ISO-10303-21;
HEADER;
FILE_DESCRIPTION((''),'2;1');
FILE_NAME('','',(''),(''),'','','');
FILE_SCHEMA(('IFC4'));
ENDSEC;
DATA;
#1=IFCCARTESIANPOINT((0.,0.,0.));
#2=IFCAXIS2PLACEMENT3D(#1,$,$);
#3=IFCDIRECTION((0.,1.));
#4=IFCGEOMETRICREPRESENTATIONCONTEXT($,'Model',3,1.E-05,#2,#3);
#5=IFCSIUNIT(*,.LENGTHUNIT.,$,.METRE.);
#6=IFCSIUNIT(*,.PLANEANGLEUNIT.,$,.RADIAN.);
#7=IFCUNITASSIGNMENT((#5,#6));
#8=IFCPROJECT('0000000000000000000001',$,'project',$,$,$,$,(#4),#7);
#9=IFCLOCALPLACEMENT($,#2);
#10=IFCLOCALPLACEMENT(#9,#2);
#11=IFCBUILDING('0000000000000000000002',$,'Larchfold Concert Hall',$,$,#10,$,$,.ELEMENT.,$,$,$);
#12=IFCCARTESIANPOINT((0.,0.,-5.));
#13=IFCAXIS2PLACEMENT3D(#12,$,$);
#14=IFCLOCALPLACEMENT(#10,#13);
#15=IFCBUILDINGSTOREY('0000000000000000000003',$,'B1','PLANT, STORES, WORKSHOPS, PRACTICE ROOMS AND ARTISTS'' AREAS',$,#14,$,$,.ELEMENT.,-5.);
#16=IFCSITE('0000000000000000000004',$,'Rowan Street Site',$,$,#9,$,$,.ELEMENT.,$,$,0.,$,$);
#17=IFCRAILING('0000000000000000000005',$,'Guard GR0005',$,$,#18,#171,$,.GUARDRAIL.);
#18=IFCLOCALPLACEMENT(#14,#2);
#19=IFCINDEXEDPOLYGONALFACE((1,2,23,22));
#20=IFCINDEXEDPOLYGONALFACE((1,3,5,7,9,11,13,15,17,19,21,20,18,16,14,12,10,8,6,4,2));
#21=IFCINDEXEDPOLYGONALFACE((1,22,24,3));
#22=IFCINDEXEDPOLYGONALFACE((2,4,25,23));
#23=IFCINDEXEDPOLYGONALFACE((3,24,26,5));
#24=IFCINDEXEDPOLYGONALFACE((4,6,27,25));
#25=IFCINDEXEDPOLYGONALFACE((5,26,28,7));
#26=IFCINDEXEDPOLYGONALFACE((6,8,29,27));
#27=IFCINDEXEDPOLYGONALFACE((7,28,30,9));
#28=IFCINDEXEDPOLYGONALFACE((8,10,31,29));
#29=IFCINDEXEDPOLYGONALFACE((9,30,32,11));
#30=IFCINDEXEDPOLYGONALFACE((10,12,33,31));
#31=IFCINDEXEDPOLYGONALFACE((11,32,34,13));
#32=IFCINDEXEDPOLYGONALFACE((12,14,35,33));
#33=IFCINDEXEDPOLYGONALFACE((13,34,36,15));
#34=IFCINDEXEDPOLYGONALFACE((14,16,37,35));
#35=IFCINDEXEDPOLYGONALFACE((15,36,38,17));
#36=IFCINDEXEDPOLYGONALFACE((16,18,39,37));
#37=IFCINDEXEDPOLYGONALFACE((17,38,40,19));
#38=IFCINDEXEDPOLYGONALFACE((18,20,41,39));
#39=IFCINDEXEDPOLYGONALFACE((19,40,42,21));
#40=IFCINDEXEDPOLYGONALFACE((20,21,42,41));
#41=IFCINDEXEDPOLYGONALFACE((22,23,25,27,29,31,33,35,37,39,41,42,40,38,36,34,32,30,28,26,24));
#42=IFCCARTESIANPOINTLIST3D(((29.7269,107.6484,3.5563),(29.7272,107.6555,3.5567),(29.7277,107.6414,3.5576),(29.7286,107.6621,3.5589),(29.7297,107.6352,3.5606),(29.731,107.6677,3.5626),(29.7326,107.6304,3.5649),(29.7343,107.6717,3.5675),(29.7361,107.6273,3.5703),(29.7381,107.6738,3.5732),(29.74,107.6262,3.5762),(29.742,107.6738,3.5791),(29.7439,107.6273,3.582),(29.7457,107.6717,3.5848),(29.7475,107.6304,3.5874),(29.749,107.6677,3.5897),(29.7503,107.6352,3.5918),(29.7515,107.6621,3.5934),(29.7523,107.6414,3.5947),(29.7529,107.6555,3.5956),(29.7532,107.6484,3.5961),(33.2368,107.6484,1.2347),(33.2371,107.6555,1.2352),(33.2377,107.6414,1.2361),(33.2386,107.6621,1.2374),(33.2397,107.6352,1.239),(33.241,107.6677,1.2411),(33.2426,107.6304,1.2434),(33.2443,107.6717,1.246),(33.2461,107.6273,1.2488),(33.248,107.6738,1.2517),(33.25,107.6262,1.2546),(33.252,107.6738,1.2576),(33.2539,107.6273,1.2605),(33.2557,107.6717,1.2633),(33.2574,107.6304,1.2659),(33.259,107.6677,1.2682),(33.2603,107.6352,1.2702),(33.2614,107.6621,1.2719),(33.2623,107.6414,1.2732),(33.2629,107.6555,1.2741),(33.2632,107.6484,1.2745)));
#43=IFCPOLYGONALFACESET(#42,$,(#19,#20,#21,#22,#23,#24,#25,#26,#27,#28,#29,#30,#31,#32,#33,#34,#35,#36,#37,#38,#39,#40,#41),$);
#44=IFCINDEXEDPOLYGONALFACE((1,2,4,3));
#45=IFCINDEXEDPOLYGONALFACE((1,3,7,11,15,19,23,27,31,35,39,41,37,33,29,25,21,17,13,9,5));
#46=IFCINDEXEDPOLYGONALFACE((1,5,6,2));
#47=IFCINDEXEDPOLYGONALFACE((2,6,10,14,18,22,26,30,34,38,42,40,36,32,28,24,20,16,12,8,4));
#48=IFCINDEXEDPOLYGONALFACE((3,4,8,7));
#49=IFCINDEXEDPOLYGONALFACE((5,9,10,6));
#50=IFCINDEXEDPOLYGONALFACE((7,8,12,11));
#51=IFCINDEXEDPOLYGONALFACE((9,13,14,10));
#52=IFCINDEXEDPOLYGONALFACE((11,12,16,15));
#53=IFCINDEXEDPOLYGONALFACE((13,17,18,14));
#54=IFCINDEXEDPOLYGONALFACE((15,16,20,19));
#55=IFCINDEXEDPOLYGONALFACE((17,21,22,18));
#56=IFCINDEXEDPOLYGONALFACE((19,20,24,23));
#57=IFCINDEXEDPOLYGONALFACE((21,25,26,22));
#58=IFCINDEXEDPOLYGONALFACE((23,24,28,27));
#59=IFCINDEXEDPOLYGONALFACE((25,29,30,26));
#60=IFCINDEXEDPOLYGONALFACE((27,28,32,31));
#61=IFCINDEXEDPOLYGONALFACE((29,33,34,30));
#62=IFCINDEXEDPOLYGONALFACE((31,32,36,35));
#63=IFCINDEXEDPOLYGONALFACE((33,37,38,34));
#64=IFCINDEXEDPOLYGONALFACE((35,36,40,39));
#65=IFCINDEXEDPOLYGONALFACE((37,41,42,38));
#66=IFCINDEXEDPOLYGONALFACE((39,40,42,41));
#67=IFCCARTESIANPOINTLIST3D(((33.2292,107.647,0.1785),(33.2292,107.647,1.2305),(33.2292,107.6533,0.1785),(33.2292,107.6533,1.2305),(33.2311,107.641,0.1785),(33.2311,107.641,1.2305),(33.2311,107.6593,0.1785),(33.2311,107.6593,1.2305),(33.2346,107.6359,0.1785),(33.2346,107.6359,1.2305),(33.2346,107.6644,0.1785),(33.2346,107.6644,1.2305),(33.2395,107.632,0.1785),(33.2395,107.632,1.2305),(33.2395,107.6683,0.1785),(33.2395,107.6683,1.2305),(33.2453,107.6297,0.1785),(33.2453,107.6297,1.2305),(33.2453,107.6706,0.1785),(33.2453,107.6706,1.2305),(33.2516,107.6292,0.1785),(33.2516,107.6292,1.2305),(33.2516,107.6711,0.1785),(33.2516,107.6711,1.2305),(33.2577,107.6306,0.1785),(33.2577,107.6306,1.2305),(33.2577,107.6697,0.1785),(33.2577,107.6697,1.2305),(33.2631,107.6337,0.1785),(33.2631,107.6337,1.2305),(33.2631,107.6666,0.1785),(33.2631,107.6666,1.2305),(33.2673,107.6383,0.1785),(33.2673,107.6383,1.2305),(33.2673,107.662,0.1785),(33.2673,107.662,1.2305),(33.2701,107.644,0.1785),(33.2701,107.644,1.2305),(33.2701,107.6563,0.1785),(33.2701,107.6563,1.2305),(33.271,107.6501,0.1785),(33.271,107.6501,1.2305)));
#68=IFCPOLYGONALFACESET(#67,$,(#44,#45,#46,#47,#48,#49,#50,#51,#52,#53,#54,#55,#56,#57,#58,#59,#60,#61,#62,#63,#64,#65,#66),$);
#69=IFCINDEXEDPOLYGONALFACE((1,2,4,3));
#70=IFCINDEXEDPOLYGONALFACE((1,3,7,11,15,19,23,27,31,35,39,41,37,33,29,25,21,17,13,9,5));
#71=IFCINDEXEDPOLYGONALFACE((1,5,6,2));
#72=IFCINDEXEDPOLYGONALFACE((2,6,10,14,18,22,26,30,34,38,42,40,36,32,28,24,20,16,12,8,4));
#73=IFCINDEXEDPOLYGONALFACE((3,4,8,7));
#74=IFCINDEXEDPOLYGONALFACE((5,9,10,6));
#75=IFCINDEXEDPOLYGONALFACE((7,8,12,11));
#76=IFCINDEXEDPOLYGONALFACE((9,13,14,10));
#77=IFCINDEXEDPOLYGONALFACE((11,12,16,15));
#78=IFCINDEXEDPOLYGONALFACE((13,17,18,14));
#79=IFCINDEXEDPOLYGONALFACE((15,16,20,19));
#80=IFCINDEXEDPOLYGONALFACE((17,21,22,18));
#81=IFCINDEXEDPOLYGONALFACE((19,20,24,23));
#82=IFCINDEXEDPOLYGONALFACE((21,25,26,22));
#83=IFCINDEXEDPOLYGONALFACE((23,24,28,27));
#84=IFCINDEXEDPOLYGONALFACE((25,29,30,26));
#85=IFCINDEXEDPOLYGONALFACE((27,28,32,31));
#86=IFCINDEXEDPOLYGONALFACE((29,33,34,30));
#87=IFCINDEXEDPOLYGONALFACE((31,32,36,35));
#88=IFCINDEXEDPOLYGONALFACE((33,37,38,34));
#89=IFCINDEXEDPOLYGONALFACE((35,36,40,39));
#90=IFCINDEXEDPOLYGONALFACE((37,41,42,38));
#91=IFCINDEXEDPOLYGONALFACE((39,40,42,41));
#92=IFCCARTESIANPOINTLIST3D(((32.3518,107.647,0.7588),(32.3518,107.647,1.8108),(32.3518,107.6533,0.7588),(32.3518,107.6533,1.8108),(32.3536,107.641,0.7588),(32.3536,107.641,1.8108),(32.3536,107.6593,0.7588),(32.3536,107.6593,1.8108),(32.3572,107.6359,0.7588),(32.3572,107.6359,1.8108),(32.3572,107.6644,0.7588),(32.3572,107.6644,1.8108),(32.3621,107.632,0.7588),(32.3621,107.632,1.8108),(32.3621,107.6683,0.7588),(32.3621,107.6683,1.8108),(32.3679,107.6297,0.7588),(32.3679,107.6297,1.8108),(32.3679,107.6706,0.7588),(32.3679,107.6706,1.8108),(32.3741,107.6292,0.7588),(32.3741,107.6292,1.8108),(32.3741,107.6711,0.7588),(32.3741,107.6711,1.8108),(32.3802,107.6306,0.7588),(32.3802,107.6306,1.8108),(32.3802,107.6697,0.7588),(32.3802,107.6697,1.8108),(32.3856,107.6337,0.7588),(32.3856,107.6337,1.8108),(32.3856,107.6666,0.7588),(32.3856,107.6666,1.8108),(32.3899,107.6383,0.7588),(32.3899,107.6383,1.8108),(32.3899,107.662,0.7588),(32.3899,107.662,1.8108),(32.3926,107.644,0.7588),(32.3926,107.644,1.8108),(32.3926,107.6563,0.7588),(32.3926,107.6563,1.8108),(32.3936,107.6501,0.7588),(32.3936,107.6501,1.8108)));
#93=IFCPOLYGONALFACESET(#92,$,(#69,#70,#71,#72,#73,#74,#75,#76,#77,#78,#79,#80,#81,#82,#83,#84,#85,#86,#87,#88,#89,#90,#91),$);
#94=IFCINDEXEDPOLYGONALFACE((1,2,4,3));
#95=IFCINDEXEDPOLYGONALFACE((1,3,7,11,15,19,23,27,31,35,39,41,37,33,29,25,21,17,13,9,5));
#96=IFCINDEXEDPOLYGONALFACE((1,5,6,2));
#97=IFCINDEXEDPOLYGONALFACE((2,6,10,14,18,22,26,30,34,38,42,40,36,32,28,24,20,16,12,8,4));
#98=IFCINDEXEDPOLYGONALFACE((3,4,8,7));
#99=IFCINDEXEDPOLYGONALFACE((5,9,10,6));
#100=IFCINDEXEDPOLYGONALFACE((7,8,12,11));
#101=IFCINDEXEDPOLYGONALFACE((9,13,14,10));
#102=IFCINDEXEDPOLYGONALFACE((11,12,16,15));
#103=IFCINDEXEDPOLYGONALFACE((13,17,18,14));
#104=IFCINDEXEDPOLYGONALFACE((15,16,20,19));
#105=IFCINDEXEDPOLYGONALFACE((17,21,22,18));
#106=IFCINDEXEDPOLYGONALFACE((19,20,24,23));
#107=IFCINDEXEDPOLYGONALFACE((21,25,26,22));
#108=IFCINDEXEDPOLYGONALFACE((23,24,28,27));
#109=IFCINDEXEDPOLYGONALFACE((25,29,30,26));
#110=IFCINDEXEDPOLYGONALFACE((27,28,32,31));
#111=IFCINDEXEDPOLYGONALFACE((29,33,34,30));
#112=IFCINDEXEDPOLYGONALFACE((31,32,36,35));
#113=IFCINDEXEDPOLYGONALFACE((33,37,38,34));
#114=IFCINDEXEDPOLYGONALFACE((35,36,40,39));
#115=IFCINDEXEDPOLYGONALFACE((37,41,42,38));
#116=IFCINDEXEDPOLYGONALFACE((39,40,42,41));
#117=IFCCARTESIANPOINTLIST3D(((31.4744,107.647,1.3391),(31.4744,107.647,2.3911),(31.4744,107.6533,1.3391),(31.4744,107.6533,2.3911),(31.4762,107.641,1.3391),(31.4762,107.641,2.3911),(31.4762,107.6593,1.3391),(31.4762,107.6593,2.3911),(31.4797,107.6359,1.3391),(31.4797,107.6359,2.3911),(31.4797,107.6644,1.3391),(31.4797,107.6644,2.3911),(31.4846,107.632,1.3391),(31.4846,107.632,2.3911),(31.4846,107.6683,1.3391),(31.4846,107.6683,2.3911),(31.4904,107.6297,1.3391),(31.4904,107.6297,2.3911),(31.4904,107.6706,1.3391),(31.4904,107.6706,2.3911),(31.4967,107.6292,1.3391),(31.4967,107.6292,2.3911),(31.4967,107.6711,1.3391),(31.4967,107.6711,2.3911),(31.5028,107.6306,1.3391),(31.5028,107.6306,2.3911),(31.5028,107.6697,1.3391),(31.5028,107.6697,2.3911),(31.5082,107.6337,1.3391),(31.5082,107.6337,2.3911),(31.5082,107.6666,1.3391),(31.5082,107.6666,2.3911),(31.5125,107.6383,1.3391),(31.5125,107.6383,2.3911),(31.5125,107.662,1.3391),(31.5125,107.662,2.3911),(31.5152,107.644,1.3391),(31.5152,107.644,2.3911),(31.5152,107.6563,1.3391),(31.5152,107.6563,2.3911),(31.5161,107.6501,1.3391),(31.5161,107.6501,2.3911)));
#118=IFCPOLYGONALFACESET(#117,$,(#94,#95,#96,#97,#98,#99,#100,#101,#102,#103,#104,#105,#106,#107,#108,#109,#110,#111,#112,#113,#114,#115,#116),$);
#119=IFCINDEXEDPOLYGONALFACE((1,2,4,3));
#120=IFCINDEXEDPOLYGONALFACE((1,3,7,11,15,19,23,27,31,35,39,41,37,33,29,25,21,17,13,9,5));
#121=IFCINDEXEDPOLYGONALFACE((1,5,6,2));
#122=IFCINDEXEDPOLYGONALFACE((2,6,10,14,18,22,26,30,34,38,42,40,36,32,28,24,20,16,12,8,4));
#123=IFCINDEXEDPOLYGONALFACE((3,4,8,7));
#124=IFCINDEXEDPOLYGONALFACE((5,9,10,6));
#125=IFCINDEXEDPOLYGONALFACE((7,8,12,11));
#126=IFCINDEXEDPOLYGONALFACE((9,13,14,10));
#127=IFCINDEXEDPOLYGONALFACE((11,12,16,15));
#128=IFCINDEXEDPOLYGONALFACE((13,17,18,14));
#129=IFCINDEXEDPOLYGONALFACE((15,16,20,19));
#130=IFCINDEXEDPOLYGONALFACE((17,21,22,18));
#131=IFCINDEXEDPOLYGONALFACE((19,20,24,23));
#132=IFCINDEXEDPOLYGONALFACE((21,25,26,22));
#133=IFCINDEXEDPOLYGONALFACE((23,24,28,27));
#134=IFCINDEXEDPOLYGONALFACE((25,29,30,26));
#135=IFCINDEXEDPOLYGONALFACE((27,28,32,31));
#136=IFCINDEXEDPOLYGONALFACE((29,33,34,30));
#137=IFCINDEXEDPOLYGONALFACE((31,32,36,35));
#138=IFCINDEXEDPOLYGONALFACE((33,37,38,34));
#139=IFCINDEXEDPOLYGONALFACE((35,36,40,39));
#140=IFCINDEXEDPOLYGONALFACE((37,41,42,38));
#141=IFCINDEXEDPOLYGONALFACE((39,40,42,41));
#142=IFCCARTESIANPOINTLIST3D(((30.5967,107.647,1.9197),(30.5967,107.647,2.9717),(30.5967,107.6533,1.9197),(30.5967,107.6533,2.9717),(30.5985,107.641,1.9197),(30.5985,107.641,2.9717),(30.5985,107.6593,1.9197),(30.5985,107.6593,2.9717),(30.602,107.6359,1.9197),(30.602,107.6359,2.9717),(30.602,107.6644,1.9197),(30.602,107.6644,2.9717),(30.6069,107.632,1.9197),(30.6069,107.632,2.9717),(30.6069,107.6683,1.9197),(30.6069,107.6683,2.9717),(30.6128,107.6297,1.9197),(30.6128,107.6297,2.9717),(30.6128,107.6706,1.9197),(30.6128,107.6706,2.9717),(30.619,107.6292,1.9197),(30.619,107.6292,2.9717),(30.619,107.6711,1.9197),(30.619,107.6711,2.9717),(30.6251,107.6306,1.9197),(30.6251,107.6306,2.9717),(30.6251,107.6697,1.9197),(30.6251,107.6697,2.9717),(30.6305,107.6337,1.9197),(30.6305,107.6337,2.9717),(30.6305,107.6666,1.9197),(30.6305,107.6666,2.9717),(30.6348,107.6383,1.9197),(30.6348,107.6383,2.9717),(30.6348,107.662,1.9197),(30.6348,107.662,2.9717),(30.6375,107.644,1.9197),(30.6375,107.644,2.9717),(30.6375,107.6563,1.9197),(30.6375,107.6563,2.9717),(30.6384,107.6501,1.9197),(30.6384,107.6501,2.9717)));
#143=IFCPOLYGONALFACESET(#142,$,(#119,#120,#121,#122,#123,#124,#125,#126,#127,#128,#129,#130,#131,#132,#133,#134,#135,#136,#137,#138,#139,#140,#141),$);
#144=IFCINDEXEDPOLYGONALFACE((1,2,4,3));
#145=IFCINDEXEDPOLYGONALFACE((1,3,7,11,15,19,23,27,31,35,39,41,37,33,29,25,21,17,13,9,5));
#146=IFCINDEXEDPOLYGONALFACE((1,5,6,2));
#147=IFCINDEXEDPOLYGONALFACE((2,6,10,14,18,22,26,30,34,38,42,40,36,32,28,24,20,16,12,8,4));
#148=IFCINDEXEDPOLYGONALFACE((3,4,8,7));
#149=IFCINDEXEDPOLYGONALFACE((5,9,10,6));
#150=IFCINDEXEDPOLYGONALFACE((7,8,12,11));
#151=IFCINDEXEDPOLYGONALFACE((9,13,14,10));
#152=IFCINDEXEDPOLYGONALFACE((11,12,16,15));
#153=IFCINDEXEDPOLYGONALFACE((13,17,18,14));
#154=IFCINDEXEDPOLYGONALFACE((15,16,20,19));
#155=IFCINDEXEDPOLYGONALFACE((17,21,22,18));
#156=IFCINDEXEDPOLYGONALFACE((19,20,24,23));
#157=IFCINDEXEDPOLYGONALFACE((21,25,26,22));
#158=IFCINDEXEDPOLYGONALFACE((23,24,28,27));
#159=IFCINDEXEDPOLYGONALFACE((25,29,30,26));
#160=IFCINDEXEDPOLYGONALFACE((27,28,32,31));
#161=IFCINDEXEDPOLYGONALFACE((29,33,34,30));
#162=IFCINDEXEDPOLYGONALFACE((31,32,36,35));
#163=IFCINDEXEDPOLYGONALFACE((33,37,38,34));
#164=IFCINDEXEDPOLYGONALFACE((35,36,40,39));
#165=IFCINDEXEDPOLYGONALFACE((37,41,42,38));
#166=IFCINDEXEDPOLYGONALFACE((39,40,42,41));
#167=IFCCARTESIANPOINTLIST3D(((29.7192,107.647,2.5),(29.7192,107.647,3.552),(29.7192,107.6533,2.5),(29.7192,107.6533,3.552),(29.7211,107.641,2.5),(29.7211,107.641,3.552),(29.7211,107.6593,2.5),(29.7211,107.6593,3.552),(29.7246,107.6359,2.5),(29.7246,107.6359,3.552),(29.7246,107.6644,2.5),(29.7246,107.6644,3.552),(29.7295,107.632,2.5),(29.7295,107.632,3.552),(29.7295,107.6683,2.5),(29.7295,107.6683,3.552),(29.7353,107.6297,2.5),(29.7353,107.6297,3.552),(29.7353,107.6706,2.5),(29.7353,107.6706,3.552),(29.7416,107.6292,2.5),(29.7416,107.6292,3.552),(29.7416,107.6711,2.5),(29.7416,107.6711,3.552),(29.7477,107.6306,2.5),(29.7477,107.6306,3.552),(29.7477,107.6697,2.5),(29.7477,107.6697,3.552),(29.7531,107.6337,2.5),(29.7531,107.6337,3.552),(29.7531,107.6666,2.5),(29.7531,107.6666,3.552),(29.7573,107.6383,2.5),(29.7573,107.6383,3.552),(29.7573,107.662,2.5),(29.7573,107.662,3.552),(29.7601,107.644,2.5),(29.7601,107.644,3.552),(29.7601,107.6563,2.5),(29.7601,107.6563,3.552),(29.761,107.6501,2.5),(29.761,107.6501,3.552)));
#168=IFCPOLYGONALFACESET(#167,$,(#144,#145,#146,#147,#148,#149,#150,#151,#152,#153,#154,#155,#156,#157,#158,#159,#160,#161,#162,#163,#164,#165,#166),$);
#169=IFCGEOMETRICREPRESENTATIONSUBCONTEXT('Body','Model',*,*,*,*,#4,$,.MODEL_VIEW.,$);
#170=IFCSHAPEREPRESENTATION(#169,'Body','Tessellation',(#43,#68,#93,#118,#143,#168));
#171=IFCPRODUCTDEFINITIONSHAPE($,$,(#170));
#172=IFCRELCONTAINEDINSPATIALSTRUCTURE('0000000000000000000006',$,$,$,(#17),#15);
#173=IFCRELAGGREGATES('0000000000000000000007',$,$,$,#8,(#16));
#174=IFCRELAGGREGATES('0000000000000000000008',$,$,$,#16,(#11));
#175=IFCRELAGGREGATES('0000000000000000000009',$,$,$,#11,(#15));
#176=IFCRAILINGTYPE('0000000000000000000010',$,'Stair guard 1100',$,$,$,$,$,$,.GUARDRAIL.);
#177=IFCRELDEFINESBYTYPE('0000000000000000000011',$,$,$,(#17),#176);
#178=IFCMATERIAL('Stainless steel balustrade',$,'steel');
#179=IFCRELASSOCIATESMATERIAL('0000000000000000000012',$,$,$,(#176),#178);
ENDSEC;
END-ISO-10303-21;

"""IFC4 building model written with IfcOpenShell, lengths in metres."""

from ifc_helpers import new_model, si_unit, direction, frame, origin, origin_2d, place, context, subcontext, project, spatial, circle, extrude, material, type_object, element, save


model = new_model("IFC4")

# Units and contexts
model_context = context("Model", 3, precision=1e-05, world=origin(), true_north=direction((0.0, 1.0)))
body_context = subcontext(model_context, "Body", "Model", "MODEL_VIEW")
ifc_project = project(units=[si_unit("LENGTHUNIT", "METRE"), si_unit("PLANEANGLEUNIT", "RADIAN")], contexts=[model_context])

# Site, building, storey
site_placement = place(None, origin())
site = spatial("IfcSite", under=ifc_project, at=site_placement, Name="Rowan Street Site", CompositionType="ELEMENT", RefElevation=0.0)
building_placement = place(site_placement, origin())
building = spatial("IfcBuilding", under=site, at=building_placement, Name="Larchfold Concert Hall", CompositionType="ELEMENT")
storey_placement = place(building_placement, frame((0.0, 0.0, -5.0)))
storey = spatial("IfcBuildingStorey", under=building, at=storey_placement, Name="B1", Description="PLANT, STORES, WORKSHOPS, PRACTICE ROOMS AND ARTISTS' AREAS", CompositionType="ELEMENT", Elevation=-5.0)

# Railing
ifc_material_1 = material(Name="Stainless steel balustrade", Category="steel")
railing_type_1 = type_object("IfcRailingType", Name="Stair guard 1100", PredefinedType="GUARDRAIL", material=ifc_material_1)
railing_1_placement = place(storey_placement, frame((33.25, 107.6501, 0.1785)))
element("IfcRailing", 1, at=railing_1_placement, inside=storey, type_object=railing_type_1, Name="Guard GR0005", PredefinedType="GUARDRAIL", context=body_context, shape_type="SweptSolid", body=[
    extrude(circle(Radius=0.0239, at=origin_2d()), frame((0.0, 0.0, 1.0762), z_axis=(-0.834071, 0.0, 0.551657), x_axis=(0.0, -1.0, 0.0)), (0.0, 0.0, 1.0), 4.2083),
    extrude(circle(Radius=0.021, at=origin_2d()), origin(), (0.0, 0.0, 1.0), 1.052),
    extrude(circle(Radius=0.021, at=origin_2d()), frame((-0.8774, 0.0, 0.5803)), (0.0, 0.0, 1.0), 1.052),
    extrude(circle(Radius=0.021, at=origin_2d()), frame((-1.7549, 0.0, 1.1606)), (0.0, 0.0, 1.0), 1.052),
    extrude(circle(Radius=0.021, at=origin_2d()), frame((-2.6326, 0.0, 1.7412)), (0.0, 0.0, 1.0), 1.052),
    extrude(circle(Radius=0.021, at=origin_2d()), frame((-3.51, 0.0, 2.3215)), (0.0, 0.0, 1.0), 1.052),
])

save(model, "model.ifc")
